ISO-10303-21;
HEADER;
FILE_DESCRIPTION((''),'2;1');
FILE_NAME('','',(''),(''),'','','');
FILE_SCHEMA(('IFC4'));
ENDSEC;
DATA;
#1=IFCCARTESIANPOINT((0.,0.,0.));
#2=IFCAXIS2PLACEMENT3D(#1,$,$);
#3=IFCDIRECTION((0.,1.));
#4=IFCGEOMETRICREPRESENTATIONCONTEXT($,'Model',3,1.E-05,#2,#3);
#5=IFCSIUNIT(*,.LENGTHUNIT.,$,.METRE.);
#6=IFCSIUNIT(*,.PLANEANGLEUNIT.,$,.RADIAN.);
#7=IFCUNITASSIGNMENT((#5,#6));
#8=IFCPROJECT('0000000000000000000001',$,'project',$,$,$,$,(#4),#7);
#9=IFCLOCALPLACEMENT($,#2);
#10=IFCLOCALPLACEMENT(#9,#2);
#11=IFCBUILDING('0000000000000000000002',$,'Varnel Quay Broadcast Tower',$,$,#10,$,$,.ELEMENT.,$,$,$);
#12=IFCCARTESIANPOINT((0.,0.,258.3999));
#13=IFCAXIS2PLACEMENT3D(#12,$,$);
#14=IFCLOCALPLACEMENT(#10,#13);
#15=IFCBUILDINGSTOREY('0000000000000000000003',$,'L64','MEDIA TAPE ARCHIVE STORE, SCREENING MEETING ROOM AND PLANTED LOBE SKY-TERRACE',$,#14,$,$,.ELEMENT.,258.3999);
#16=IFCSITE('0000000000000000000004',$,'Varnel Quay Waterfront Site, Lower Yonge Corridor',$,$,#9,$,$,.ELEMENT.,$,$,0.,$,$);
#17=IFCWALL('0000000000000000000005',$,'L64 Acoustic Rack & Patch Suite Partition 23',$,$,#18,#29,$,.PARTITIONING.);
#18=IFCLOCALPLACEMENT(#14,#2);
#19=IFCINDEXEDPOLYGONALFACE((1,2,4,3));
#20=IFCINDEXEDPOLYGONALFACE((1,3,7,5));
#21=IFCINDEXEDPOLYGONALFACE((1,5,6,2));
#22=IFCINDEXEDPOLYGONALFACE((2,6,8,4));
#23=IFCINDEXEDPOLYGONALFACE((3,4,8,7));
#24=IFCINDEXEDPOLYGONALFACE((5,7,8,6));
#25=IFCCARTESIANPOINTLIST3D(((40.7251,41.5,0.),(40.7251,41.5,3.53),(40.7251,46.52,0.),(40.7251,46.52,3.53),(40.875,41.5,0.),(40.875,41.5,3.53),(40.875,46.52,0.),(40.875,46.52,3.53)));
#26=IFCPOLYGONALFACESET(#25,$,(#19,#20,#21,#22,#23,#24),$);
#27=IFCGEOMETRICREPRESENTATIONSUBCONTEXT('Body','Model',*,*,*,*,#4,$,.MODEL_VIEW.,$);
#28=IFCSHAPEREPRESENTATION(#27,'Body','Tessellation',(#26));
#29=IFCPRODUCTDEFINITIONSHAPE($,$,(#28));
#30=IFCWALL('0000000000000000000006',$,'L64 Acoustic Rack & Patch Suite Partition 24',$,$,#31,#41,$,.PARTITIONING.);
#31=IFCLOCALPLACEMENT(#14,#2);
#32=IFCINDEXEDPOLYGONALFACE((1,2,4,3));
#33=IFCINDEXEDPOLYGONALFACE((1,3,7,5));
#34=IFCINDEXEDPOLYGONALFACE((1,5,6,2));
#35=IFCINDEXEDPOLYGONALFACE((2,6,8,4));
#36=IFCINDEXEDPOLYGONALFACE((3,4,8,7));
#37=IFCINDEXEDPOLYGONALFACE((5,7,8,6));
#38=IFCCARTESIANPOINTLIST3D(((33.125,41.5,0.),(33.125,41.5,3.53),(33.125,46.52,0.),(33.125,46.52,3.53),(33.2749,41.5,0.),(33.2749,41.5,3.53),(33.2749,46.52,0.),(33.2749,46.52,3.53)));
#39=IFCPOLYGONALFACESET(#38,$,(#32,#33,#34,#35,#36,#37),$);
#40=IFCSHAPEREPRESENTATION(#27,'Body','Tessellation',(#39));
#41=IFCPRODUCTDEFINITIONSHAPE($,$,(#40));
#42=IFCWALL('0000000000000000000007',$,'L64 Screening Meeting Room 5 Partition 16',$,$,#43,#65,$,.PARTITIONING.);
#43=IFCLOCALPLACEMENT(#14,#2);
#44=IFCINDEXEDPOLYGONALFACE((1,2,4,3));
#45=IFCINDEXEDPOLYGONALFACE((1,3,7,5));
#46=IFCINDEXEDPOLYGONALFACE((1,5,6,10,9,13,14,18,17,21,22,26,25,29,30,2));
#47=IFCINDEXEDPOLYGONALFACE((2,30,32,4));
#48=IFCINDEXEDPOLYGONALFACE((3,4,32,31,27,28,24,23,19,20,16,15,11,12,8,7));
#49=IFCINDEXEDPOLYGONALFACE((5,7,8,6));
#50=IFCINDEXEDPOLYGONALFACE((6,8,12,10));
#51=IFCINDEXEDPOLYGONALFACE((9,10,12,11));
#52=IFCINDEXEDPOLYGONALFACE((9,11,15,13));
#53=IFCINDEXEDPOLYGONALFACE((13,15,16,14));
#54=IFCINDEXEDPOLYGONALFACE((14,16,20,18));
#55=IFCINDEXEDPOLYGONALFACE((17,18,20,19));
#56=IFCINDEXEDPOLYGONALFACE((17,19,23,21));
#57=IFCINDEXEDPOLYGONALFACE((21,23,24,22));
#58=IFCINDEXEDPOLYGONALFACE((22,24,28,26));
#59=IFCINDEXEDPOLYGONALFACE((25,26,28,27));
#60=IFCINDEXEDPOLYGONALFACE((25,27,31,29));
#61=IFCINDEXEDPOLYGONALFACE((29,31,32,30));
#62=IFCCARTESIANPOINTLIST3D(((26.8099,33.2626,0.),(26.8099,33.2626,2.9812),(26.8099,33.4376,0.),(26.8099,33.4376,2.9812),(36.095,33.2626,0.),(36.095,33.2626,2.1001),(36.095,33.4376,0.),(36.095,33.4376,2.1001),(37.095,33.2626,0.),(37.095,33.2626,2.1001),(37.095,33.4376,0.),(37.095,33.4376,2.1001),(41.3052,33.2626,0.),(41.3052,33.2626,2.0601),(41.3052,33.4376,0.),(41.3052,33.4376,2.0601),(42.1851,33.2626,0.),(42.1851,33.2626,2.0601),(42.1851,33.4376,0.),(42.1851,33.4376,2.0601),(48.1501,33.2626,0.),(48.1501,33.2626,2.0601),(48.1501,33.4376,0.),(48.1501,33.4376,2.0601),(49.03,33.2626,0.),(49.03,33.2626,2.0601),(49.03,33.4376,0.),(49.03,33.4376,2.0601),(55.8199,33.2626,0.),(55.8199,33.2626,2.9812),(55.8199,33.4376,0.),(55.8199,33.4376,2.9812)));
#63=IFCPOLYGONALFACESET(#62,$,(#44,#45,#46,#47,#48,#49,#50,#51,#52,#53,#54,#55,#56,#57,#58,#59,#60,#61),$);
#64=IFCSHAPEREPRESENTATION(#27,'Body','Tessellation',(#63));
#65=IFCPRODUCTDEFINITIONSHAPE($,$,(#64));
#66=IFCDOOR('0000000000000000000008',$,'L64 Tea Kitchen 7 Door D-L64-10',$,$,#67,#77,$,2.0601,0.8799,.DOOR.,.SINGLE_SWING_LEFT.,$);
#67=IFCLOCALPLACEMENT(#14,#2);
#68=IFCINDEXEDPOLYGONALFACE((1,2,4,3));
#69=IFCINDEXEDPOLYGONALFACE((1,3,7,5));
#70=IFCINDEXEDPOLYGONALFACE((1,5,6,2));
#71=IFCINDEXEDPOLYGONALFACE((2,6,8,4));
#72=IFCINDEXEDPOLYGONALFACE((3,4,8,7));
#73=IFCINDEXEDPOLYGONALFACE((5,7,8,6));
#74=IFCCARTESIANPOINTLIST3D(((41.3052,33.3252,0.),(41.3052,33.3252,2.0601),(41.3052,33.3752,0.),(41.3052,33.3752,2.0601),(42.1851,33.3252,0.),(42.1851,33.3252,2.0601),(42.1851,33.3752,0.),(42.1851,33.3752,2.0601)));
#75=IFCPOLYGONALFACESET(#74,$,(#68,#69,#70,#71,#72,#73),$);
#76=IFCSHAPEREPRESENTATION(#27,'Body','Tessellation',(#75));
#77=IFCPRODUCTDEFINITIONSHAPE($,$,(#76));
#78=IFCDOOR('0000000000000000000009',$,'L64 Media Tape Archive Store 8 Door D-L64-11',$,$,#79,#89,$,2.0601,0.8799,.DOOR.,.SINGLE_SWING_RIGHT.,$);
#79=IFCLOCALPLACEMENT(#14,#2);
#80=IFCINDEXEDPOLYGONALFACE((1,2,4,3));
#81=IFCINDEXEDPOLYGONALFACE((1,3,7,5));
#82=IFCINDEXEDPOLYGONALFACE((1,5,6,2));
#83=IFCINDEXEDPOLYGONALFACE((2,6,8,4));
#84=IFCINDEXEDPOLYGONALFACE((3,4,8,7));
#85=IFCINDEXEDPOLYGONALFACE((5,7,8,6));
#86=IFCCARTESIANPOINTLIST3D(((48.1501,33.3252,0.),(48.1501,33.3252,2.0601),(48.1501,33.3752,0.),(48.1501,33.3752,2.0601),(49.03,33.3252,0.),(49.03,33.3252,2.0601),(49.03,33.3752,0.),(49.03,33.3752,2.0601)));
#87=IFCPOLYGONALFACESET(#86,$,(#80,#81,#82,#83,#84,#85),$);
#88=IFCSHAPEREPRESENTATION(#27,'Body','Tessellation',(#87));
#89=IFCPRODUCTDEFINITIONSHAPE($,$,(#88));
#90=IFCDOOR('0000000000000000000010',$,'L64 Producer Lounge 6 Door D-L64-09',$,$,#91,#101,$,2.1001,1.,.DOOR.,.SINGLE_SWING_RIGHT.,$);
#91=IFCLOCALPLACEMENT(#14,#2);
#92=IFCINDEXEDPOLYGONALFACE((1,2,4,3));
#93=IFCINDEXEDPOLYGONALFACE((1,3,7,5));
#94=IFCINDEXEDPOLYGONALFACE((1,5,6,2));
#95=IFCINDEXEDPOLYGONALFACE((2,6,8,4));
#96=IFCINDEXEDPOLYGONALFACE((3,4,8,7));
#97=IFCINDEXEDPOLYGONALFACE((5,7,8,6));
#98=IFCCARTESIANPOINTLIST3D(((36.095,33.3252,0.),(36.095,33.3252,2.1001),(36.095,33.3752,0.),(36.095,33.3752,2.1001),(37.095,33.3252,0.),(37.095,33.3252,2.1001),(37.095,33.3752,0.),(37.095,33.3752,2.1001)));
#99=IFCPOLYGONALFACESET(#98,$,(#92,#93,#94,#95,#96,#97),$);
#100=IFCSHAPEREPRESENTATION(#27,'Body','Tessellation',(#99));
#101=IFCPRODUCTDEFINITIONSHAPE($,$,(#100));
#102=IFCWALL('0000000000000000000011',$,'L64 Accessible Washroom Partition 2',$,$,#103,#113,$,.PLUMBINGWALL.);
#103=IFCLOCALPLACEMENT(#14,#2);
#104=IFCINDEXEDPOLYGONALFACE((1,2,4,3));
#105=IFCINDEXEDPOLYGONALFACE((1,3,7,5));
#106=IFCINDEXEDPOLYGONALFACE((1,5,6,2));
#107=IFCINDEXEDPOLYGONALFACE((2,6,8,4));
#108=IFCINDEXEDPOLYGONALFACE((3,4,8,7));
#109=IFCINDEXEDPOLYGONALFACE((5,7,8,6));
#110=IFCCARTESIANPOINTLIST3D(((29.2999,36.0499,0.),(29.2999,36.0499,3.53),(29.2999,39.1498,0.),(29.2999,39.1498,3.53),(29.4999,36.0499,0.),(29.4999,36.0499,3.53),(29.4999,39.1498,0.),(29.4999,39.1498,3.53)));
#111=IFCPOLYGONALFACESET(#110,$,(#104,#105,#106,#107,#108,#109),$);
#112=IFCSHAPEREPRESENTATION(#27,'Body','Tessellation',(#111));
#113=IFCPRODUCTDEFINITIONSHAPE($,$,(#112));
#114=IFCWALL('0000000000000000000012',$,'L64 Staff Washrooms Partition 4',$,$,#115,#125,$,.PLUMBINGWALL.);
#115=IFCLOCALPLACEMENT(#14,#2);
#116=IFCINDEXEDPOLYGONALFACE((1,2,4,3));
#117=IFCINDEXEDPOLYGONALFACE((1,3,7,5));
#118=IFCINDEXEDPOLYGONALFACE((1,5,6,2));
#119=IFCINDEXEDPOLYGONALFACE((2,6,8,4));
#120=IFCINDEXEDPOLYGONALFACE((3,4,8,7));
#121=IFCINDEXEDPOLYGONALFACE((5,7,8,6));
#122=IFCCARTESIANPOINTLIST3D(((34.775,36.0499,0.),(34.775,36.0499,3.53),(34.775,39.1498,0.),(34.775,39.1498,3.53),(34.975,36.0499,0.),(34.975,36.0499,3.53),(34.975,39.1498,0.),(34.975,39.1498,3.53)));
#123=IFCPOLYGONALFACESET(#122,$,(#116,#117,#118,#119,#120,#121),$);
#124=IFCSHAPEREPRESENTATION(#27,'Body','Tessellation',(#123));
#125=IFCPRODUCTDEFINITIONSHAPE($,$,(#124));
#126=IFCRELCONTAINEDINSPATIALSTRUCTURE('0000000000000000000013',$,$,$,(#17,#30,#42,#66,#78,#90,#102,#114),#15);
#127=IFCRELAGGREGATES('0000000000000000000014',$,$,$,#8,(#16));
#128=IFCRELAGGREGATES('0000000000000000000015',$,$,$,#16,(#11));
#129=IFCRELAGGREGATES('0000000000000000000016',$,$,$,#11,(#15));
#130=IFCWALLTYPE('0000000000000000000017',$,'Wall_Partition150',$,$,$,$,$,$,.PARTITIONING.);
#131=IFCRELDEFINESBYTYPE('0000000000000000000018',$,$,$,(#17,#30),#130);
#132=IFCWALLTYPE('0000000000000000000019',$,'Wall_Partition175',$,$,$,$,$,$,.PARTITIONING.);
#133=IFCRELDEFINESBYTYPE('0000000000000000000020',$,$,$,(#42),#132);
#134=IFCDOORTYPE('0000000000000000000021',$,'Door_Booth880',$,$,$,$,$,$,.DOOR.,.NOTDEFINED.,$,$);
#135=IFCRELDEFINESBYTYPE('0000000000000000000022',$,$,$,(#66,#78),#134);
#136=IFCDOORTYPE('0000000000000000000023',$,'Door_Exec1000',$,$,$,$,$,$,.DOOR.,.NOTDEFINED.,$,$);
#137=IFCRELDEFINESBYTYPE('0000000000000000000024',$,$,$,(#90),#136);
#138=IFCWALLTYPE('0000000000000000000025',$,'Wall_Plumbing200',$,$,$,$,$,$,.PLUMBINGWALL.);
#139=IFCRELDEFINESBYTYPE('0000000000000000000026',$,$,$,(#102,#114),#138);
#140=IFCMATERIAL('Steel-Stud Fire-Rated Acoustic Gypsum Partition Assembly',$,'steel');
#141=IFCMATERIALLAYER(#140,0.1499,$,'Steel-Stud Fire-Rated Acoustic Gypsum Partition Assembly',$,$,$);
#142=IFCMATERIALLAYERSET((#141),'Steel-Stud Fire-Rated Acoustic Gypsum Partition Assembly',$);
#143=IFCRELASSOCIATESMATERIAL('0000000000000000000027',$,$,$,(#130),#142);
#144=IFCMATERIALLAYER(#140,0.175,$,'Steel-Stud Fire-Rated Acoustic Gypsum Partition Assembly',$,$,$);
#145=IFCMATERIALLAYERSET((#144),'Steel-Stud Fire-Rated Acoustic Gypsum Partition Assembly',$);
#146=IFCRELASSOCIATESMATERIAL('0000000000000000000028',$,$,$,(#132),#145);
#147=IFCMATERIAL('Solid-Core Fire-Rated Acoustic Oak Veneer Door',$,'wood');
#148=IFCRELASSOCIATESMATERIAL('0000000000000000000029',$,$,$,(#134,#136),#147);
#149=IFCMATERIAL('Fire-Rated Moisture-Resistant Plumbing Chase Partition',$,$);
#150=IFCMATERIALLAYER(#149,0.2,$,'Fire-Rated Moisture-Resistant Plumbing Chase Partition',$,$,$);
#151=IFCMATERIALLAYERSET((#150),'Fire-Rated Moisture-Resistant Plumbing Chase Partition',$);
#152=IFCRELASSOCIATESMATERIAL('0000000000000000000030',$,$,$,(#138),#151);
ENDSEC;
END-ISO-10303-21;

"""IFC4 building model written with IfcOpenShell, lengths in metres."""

from ifc_helpers import new_model, si_unit, direction, frame, frame_2d, origin, place, context, subcontext, project, spatial, rectangle, extrude, source, transform, mapped, material, layer, layer_set, type_object, type_shapes, element, fill, save


model = new_model("IFC4")

# Units and contexts
model_context = context("Model", 3, precision=1e-05, world=origin(), true_north=direction((0.0, 1.0)))
body_context = subcontext(model_context, "Body", "Model", "MODEL_VIEW")
ifc_project = project(units=[si_unit("LENGTHUNIT", "METRE"), si_unit("PLANEANGLEUNIT", "RADIAN")], contexts=[model_context])

# Site, building, storey
site_placement = place(None, origin())
site = spatial("IfcSite", under=ifc_project, at=site_placement, Name="Varnel Quay Waterfront Site, Lower Yonge Corridor", CompositionType="ELEMENT", RefElevation=0.0)
building_placement = place(site_placement, origin())
building = spatial("IfcBuilding", under=site, at=building_placement, Name="Varnel Quay Broadcast Tower", CompositionType="ELEMENT")
storey_placement = place(building_placement, frame((0.0, 0.0, 258.3999)))
storey = spatial("IfcBuildingStorey", under=building, at=storey_placement, Name="L64", Description="MEDIA TAPE ARCHIVE STORE, SCREENING MEETING ROOM AND PLANTED LOBE SKY-TERRACE", CompositionType="ELEMENT", Elevation=258.3999)

# Walls
ifc_material_1 = material(Name="Steel-Stud Fire-Rated Acoustic Gypsum Partition Assembly", Category="steel")
ifc_layer_1 = layer(ifc_material_1, 0.1499, Name="Steel-Stud Fire-Rated Acoustic Gypsum Partition Assembly")
ifc_layer_set_1 = layer_set([ifc_layer_1], Name="Steel-Stud Fire-Rated Acoustic Gypsum Partition Assembly")
wall_type_1 = type_object("IfcWallType", Name="Wall_Partition150", PredefinedType="PARTITIONING", material=ifc_layer_set_1)
for number, where, z_axis, x_axis, name in (
    (1, (40.8, 41.5, 0.0), (0.0, 0.0, 1.0), (0.0, 1.0, 0.0), "L64 Acoustic Rack & Patch Suite Partition 23"),
    (2, (33.2, 41.5, 0.0), (0.0, 0.0, 1.0), (0.0, 1.0, 0.0), "L64 Acoustic Rack & Patch Suite Partition 24"),
):
    element("IfcWall", number, at=place(storey_placement, frame(where, z_axis=z_axis, x_axis=x_axis)), inside=storey, type_object=wall_type_1, Name=name, PredefinedType="PARTITIONING", context=body_context, shape_type="SweptSolid", body=[
        extrude(rectangle(XDim=5.02, YDim=0.1499, at=frame_2d((2.51, 0.0))), origin(), (0.0, 0.0, 1.0), 3.53),
    ])

# Wall, openings, doors
ifc_layer_2 = layer(ifc_material_1, 0.175, Name="Steel-Stud Fire-Rated Acoustic Gypsum Partition Assembly")
ifc_layer_set_2 = layer_set([ifc_layer_2], Name="Steel-Stud Fire-Rated Acoustic Gypsum Partition Assembly")
wall_type_2 = type_object("IfcWallType", Name="Wall_Partition175", PredefinedType="PARTITIONING", material=ifc_layer_set_2)
wall_1_placement = place(storey_placement, frame((26.8101, 33.3501, 0.0), z_axis=(0.0, 0.0, 1.0), x_axis=(1.0, 0.0, 0.0)))
wall_1 = element("IfcWall", 3, at=wall_1_placement, inside=storey, type_object=wall_type_2, Name="L64 Screening Meeting Room 5 Partition 16", PredefinedType="PARTITIONING", context=body_context, shape_type="SweptSolid", body=[
    extrude(rectangle(XDim=29.01, YDim=0.175, at=frame_2d((14.5049, 0.0))), origin(), (0.0, 0.0, 1.0), 2.9812),
])
opening_1_placement = place(wall_1_placement, frame((9.2849, 0.0, 0.0)))
opening_1 = element("IfcOpeningElement", 4, at=opening_1_placement, cuts=wall_1, PredefinedType="OPENING", context=body_context, shape_type="SweptSolid", body=[
    extrude(rectangle(XDim=1.0, YDim=2.1001, at=frame_2d((0.5, 1.05))), frame((0.0, 0.0977, 0.0), z_axis=(0.0, -1.0, 0.0), x_axis=(1.0, 0.0, 0.0)), (0.0, 0.0, 1.0), 0.1951),
])
opening_2_placement = place(wall_1_placement, frame((14.4951, 0.0, 0.0)))
opening_2 = element("IfcOpeningElement", 5, at=opening_2_placement, cuts=wall_1, PredefinedType="OPENING", context=body_context, shape_type="SweptSolid", body=[
    extrude(rectangle(XDim=0.8799, YDim=2.0601, at=frame_2d((0.4399, 1.03))), frame((0.0, 0.0977, 0.0), z_axis=(0.0, -1.0, 0.0), x_axis=(1.0, 0.0, 0.0)), (0.0, 0.0, 1.0), 0.1951),
])
opening_3_placement = place(wall_1_placement, frame((21.3401, 0.0, 0.0)))
opening_3 = element("IfcOpeningElement", 6, at=opening_3_placement, cuts=wall_1, PredefinedType="OPENING", context=body_context, shape_type="SweptSolid", body=[
    extrude(rectangle(XDim=0.8799, YDim=2.0601, at=frame_2d((0.4399, 1.03))), frame((0.0, 0.0977, 0.0), z_axis=(0.0, -1.0, 0.0), x_axis=(1.0, 0.0, 0.0)), (0.0, 0.0, 1.0), 0.1951),
])
ifc_material_2 = material(Name="Solid-Core Fire-Rated Acoustic Oak Veneer Door", Category="wood")
door_type_1 = type_object("IfcDoorType", Name="Door_Booth880", OperationType="NOTDEFINED", PredefinedType="DOOR", material=ifc_material_2)
shared_shape_1 = source(origin(), body_context, "Body", "SweptSolid", [
    extrude(rectangle(XDim=0.8799, YDim=2.0601, at=frame_2d((0.4399, 1.03))), frame((0.0, 0.0249, 0.0), z_axis=(0.0, -1.0, 0.0), x_axis=(1.0, 0.0, 0.0)), (0.0, 0.0, 1.0), 0.05),
])
type_shapes(door_type_1, [shared_shape_1])
door_1_placement = place(opening_2_placement, frame((0.8799, 0.0, 0.0), z_axis=(0.0, 0.0, 1.0), x_axis=(-1.0, 0.0, 0.0)))
door_1 = element("IfcDoor", 7, at=door_1_placement, inside=storey, type_object=door_type_1, Name="L64 Tea Kitchen 7 Door D-L64-10", OperationType="SINGLE_SWING_LEFT", OverallHeight=2.0601, OverallWidth=0.8799, PredefinedType="DOOR", context=body_context, shape_type="MappedRepresentation", body=[
    mapped(shared_shape_1, transform((0.0, 0.0, 0.0), x_axis=(1.0, 0.0, 0.0), y_axis=(0.0, 1.0, 0.0), z_axis=(0.0, 0.0, 1.0), scale=1.0)),
])
fill(opening_2, door_1)
door_2_placement = place(opening_3_placement, frame((0.8799, 0.0, 0.0), z_axis=(0.0, 0.0, 1.0), x_axis=(-1.0, 0.0, 0.0)))
door_2 = element("IfcDoor", 8, at=door_2_placement, inside=storey, type_object=door_type_1, Name="L64 Media Tape Archive Store 8 Door D-L64-11", OperationType="SINGLE_SWING_RIGHT", OverallHeight=2.0601, OverallWidth=0.8799, PredefinedType="DOOR", context=body_context, shape_type="MappedRepresentation", body=[
    mapped(shared_shape_1, transform((0.0, 0.0, 0.0), x_axis=(1.0, 0.0, 0.0), y_axis=(0.0, 1.0, 0.0), z_axis=(0.0, 0.0, 1.0), scale=1.0)),
])
fill(opening_3, door_2)
door_type_2 = type_object("IfcDoorType", Name="Door_Exec1000", OperationType="NOTDEFINED", PredefinedType="DOOR", material=ifc_material_2)
shared_shape_2 = source(origin(), body_context, "Body", "SweptSolid", [
    extrude(rectangle(XDim=1.0, YDim=2.1001, at=frame_2d((0.5, 1.05))), frame((0.0, 0.0249, 0.0), z_axis=(0.0, -1.0, 0.0), x_axis=(1.0, 0.0, 0.0)), (0.0, 0.0, 1.0), 0.05),
])
type_shapes(door_type_2, [shared_shape_2])
door_3_placement = place(opening_1_placement, frame((1.0, 0.0, 0.0), z_axis=(0.0, 0.0, 1.0), x_axis=(-1.0, 0.0, 0.0)))
door_3 = element("IfcDoor", 9, at=door_3_placement, inside=storey, type_object=door_type_2, Name="L64 Producer Lounge 6 Door D-L64-09", OperationType="SINGLE_SWING_RIGHT", OverallHeight=2.1001, OverallWidth=1.0, PredefinedType="DOOR", context=body_context, shape_type="MappedRepresentation", body=[
    mapped(shared_shape_2, transform((0.0, 0.0, 0.0), x_axis=(1.0, 0.0, 0.0), y_axis=(0.0, 1.0, 0.0), z_axis=(0.0, 0.0, 1.0), scale=1.0)),
])
fill(opening_1, door_3)

# Walls
ifc_material_3 = material(Name="Fire-Rated Moisture-Resistant Plumbing Chase Partition")
ifc_layer_3 = layer(ifc_material_3, 0.2, Name="Fire-Rated Moisture-Resistant Plumbing Chase Partition")
ifc_layer_set_3 = layer_set([ifc_layer_3], Name="Fire-Rated Moisture-Resistant Plumbing Chase Partition")
wall_type_3 = type_object("IfcWallType", Name="Wall_Plumbing200", PredefinedType="PLUMBINGWALL", material=ifc_layer_set_3)
for number, where, z_axis, x_axis, name in (
    (10, (29.3999, 36.05, 0.0), (0.0, 0.0, 1.0), (0.0, 1.0, 0.0), "L64 Accessible Washroom Partition 2"),
    (11, (34.875, 36.05, 0.0), (0.0, 0.0, 1.0), (0.0, 1.0, 0.0), "L64 Staff Washrooms Partition 4"),
):
    element("IfcWall", number, at=place(storey_placement, frame(where, z_axis=z_axis, x_axis=x_axis)), inside=storey, type_object=wall_type_3, Name=name, PredefinedType="PLUMBINGWALL", context=body_context, shape_type="SweptSolid", body=[
        extrude(rectangle(XDim=3.0999, YDim=0.2, at=frame_2d((1.5498, 0.0))), origin(), (0.0, 0.0, 1.0), 3.53),
    ])

save(model, "model.ifc")
